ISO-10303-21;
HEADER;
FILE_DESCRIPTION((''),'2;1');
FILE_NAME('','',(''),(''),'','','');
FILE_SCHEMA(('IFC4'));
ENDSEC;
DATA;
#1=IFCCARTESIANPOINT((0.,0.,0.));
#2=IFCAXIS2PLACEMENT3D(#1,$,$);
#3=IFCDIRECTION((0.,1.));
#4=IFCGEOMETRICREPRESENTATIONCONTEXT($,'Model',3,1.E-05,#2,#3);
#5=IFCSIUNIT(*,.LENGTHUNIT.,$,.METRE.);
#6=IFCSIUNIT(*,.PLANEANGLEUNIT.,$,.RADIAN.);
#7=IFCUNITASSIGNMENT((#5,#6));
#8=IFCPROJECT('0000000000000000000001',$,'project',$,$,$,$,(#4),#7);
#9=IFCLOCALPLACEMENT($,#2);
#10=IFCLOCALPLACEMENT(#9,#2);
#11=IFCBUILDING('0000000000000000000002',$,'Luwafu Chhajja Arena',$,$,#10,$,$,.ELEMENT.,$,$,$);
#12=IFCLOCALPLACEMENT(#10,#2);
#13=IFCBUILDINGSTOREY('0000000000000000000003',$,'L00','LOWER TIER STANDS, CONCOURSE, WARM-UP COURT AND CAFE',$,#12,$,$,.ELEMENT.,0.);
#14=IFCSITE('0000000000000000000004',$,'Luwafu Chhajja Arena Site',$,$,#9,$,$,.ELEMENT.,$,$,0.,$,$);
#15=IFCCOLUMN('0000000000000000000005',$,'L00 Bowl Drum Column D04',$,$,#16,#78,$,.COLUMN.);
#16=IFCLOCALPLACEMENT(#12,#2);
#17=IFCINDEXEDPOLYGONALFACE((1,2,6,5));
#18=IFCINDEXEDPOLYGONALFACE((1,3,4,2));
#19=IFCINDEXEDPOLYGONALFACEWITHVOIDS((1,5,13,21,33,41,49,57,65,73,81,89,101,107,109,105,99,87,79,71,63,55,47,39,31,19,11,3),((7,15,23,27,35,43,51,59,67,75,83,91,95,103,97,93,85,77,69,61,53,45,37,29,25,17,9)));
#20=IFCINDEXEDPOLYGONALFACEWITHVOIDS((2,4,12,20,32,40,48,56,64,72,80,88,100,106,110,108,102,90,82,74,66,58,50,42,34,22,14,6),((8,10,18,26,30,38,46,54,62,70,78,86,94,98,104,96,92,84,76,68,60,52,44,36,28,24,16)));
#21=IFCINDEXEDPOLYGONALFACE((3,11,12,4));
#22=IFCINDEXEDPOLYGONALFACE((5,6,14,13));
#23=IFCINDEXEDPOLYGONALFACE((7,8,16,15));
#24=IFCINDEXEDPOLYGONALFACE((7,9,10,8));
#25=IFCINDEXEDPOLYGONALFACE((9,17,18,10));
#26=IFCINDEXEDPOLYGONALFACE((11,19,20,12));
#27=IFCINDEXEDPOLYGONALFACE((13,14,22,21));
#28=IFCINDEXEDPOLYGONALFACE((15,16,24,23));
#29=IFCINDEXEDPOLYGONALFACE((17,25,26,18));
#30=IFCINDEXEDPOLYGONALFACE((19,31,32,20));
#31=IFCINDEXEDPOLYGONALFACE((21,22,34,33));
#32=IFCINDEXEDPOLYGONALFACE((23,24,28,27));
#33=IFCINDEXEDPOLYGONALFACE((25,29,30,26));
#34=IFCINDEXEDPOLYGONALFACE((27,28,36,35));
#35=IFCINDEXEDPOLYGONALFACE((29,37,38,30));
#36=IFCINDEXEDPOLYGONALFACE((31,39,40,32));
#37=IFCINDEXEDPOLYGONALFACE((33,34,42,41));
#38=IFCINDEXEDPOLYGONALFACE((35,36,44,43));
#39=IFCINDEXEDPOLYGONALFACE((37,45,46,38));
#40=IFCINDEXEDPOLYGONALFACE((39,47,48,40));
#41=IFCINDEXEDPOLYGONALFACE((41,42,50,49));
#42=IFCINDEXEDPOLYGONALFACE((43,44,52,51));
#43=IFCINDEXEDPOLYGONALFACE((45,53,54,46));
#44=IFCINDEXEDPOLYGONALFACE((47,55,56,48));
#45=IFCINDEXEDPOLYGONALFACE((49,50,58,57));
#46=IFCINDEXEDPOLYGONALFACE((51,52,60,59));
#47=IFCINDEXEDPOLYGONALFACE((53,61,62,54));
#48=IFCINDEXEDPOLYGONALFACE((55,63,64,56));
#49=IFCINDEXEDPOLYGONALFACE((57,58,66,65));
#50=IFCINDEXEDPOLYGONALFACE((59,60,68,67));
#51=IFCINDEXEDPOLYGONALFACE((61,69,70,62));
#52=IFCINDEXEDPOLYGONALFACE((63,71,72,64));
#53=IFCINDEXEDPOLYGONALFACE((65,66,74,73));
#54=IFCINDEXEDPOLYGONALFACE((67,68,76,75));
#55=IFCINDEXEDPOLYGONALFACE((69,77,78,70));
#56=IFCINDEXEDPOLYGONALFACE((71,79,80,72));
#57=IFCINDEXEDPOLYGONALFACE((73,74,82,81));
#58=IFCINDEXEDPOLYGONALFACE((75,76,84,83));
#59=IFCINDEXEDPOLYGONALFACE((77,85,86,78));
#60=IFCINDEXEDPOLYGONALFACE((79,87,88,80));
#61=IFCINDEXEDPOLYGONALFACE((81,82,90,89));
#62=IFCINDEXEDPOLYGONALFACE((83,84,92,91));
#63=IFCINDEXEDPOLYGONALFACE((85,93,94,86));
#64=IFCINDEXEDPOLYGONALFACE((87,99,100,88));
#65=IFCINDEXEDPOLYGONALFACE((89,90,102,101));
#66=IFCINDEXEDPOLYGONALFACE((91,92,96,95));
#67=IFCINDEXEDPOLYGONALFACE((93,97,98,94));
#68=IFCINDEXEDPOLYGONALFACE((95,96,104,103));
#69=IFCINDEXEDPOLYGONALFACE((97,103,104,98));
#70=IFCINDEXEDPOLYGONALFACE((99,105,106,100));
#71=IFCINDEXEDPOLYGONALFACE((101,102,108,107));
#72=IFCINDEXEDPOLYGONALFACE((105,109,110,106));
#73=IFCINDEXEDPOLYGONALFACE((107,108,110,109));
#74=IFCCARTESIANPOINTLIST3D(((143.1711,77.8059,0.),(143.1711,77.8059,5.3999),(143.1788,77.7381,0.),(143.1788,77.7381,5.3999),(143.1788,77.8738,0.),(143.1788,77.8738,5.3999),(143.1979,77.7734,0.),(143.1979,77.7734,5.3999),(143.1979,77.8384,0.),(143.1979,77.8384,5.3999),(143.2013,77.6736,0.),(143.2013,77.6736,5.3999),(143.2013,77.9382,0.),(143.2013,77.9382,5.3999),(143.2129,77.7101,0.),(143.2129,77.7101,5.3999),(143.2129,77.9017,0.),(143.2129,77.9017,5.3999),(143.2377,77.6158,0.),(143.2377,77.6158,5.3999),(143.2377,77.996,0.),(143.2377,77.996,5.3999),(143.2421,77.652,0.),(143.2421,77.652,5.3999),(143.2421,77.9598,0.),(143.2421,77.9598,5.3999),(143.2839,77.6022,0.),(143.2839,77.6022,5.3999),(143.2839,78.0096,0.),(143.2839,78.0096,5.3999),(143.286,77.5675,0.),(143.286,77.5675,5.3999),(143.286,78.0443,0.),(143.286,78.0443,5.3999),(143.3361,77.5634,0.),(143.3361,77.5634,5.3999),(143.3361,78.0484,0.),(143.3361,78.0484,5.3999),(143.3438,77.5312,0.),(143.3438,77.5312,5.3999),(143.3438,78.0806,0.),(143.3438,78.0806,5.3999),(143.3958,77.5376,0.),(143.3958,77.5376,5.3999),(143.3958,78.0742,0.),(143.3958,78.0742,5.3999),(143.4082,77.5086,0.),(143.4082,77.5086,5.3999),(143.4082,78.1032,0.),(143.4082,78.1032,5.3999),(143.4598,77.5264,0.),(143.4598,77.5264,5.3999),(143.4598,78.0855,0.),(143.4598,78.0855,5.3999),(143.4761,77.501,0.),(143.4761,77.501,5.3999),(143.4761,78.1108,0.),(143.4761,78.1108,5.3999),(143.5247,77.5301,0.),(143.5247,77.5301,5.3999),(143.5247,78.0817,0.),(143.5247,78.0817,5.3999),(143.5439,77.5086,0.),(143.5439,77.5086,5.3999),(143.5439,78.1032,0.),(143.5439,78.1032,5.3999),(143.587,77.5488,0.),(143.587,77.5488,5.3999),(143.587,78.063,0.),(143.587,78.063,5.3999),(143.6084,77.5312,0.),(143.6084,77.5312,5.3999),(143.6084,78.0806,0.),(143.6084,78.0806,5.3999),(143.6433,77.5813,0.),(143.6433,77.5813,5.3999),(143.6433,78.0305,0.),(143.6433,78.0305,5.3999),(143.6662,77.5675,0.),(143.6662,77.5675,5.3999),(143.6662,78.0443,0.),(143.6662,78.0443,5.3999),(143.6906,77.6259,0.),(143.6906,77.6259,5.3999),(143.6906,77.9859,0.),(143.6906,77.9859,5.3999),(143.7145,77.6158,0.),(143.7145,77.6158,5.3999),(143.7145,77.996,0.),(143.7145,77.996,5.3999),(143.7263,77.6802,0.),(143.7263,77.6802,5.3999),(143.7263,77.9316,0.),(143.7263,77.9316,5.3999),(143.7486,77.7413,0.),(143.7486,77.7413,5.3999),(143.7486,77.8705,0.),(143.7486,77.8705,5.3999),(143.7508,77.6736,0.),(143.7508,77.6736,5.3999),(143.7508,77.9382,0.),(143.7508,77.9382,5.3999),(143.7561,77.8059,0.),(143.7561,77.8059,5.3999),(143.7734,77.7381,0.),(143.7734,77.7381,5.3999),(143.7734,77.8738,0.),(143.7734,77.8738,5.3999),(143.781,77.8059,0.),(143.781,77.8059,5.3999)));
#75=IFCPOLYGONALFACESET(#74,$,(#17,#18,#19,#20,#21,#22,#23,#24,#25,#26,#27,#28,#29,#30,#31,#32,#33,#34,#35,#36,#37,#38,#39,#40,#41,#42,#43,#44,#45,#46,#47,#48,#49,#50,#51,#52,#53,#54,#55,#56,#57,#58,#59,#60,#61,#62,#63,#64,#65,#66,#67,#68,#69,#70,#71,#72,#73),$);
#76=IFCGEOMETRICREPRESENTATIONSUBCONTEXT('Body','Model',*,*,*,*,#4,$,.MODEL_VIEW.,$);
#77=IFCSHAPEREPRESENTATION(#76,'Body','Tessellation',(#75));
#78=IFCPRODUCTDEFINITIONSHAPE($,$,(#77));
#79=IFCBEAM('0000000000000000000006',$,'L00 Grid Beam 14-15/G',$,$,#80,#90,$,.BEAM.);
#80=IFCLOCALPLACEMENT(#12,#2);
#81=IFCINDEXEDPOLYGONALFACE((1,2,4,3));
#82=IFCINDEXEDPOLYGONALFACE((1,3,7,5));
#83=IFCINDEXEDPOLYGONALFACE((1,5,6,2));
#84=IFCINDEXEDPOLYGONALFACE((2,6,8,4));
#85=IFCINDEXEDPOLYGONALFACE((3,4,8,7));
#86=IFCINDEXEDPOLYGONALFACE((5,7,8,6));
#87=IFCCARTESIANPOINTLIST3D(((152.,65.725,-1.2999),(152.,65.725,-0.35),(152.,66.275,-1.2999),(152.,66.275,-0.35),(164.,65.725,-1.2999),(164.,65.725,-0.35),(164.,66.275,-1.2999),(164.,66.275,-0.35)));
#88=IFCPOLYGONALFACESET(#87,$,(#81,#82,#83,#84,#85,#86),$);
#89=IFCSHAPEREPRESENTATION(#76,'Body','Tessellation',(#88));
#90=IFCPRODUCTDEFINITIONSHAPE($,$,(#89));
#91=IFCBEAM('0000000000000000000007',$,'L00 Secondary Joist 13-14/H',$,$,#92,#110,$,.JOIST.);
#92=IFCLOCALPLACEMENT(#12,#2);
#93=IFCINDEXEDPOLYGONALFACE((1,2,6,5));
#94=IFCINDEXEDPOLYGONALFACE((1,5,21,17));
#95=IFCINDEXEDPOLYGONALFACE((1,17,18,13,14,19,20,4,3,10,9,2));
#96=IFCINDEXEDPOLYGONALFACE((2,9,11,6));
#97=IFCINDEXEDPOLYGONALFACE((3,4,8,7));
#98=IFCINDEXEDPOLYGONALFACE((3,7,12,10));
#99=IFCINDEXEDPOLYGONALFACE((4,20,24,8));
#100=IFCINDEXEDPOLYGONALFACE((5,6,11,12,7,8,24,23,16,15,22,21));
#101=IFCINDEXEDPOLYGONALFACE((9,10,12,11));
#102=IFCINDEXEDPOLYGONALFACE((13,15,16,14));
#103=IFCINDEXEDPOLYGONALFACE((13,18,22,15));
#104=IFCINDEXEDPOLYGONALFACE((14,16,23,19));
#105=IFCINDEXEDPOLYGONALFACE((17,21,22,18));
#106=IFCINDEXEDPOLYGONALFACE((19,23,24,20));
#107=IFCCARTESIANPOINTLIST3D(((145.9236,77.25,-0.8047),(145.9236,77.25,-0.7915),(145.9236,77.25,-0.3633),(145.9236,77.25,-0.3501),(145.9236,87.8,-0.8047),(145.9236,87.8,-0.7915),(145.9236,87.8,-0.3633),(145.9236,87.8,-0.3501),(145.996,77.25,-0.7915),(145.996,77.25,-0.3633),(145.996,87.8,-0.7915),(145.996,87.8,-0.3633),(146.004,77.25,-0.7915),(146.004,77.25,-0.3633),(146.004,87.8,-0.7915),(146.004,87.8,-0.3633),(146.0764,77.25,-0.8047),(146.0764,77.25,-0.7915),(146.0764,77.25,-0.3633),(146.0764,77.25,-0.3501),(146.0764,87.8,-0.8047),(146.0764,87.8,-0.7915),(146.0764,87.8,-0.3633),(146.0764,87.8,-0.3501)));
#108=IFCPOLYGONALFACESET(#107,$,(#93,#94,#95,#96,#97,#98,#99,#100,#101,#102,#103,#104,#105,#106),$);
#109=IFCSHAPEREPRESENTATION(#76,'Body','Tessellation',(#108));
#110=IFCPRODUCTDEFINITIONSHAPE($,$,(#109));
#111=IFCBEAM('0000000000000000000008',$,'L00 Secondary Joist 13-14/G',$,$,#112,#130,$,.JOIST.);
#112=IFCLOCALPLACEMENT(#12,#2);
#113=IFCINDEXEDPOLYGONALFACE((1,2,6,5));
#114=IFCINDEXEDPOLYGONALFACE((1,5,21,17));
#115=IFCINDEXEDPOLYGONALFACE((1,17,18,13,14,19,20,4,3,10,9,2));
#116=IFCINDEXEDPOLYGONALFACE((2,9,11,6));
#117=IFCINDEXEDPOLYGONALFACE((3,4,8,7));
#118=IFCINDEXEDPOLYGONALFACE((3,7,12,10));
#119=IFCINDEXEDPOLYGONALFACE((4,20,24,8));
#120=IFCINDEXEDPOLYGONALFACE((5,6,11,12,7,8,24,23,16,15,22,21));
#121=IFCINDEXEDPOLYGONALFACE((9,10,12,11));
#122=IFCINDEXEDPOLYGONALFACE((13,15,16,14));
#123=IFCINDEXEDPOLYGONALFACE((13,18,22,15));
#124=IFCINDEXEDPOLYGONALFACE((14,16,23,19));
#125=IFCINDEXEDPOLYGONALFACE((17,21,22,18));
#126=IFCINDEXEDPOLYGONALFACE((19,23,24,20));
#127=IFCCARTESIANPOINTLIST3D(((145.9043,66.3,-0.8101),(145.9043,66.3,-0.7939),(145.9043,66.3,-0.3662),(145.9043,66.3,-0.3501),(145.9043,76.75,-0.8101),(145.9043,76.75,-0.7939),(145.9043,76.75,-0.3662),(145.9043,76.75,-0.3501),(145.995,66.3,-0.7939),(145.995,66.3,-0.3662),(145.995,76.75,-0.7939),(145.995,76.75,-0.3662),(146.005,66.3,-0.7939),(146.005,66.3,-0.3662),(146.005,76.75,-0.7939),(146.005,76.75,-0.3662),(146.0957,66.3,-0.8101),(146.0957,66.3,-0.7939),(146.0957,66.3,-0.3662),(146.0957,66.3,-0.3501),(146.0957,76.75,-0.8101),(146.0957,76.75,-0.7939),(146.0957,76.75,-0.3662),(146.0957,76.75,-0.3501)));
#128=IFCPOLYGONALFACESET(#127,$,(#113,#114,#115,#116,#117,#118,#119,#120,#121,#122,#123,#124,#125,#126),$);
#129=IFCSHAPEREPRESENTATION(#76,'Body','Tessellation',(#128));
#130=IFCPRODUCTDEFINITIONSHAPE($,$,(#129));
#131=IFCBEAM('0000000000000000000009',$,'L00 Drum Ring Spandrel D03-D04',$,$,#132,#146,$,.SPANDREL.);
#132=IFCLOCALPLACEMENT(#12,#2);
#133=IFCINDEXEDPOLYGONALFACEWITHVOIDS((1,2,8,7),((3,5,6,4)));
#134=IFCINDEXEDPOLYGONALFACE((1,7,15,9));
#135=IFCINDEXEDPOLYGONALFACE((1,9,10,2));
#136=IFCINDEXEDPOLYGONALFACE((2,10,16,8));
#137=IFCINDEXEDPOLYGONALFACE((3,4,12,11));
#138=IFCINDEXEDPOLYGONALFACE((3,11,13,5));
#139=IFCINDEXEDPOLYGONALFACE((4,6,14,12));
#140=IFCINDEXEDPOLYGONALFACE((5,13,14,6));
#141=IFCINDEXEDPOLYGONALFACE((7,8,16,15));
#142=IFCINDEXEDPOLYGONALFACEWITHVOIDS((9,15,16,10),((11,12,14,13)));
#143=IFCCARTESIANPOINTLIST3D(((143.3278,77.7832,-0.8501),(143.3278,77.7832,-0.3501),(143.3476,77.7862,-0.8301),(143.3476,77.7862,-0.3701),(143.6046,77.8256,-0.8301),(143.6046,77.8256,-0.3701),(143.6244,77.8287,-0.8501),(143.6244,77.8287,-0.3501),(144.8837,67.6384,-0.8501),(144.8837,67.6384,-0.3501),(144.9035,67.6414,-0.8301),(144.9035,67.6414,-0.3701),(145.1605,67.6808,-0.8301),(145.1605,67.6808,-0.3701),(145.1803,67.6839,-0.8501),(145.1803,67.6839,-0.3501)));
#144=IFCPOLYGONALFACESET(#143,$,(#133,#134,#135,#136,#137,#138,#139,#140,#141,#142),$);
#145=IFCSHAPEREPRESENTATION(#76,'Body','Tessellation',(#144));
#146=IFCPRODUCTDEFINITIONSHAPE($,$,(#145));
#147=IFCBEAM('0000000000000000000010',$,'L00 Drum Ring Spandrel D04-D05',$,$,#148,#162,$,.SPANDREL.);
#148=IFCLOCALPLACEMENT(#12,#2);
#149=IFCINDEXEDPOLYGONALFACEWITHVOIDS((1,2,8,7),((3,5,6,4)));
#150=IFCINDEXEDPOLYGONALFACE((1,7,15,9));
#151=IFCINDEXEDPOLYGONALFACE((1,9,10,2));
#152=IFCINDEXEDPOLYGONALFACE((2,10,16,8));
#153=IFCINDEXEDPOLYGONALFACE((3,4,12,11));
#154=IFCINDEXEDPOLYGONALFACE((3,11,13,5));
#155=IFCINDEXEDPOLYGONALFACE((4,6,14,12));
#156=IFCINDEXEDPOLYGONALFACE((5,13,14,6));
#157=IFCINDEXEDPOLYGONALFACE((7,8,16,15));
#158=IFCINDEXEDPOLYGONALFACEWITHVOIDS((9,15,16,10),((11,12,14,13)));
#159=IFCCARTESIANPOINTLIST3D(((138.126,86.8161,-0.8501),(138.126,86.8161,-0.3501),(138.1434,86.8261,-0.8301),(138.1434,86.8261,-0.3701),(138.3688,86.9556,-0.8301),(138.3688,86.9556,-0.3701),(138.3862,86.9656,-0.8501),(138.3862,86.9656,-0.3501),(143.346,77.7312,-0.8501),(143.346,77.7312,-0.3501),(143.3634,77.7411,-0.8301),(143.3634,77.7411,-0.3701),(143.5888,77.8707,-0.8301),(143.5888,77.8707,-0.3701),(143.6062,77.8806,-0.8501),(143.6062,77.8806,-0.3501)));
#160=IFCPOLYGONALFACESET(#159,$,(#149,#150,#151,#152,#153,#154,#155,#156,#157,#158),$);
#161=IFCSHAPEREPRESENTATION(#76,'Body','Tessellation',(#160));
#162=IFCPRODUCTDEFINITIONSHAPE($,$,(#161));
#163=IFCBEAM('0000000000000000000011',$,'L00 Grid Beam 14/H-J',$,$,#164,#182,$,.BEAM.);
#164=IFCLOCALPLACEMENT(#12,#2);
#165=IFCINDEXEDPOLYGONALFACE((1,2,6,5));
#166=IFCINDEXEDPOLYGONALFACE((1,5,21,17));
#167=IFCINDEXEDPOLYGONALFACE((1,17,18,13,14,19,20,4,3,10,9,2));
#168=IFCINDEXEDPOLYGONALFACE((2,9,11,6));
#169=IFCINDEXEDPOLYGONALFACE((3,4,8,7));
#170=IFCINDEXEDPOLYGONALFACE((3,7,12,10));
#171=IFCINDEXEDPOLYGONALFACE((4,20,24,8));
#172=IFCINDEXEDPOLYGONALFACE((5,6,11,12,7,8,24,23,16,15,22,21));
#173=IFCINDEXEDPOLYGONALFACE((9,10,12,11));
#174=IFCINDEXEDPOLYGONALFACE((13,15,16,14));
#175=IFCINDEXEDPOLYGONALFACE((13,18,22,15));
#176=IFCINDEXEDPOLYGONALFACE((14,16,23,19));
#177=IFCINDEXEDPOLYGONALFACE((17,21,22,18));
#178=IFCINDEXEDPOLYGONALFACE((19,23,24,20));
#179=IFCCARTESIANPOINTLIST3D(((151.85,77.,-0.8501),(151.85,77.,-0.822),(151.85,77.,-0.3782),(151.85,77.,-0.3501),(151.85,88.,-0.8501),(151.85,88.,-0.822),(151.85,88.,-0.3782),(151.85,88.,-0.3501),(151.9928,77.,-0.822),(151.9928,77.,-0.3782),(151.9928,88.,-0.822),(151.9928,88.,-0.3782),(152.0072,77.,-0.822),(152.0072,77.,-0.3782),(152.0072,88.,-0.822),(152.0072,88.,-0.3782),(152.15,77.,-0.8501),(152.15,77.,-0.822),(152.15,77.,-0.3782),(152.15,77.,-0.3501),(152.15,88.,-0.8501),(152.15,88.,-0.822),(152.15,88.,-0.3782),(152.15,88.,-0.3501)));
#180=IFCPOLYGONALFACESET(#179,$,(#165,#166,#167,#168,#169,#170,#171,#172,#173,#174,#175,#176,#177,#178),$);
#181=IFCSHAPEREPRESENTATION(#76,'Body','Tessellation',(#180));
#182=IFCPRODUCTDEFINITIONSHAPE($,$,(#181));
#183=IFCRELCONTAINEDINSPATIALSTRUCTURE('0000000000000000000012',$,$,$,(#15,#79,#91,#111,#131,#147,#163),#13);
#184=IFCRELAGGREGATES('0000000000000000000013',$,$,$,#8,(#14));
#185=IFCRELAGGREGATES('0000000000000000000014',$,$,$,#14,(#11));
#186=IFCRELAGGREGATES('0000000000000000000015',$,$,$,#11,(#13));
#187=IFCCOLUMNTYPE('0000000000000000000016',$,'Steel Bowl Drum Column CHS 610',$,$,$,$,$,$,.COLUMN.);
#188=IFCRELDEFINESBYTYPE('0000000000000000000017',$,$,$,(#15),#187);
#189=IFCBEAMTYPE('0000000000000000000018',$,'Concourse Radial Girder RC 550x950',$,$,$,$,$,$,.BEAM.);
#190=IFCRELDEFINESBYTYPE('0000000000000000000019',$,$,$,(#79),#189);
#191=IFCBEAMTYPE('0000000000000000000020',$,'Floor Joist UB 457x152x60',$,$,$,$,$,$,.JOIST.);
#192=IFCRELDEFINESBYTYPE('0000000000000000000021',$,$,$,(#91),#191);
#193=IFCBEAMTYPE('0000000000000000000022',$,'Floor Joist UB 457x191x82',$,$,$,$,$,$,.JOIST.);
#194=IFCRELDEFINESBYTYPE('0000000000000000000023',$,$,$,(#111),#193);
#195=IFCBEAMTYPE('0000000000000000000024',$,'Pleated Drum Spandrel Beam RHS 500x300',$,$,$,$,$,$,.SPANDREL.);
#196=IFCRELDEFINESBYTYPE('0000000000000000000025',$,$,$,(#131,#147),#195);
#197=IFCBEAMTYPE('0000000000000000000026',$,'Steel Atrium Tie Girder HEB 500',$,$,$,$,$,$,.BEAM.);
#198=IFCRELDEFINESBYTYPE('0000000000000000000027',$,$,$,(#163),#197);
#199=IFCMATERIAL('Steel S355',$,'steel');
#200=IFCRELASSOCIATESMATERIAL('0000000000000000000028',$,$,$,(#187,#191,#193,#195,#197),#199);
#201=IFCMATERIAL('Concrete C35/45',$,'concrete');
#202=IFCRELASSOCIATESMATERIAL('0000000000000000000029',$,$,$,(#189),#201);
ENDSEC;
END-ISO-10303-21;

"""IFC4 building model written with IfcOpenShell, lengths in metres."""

from ifc_helpers import new_model, si_unit, direction, frame, origin, origin_2d, place, context, subcontext, project, spatial, rectangle, hollow_rectangle, hollow_circle, i_section, extrude, material, material_profile, profile_set, type_object, element, save


model = new_model("IFC4")

# Units and contexts
model_context = context("Model", 3, precision=1e-05, world=origin(), true_north=direction((0.0, 1.0)))
body_context = subcontext(model_context, "Body", "Model", "MODEL_VIEW")
ifc_project = project(units=[si_unit("LENGTHUNIT", "METRE"), si_unit("PLANEANGLEUNIT", "RADIAN")], contexts=[model_context])

# Site, building, storey
site_placement = place(None, origin())
site = spatial("IfcSite", under=ifc_project, at=site_placement, Name="Luwafu Chhajja Arena Site", CompositionType="ELEMENT", RefElevation=0.0)
building_placement = place(site_placement, origin())
building = spatial("IfcBuilding", under=site, at=building_placement, Name="Luwafu Chhajja Arena", CompositionType="ELEMENT")
storey_placement = place(building_placement, origin())
storey = spatial("IfcBuildingStorey", under=building, at=storey_placement, Name="L00", Description="LOWER TIER STANDS, CONCOURSE, WARM-UP COURT AND CAFE", CompositionType="ELEMENT", Elevation=0.0)

# Column
ifc_material_1 = material(Name="Concrete C35/45", Category="concrete")
ifc_material_2 = material(Name="Steel S355", Category="steel")
ifc_material_profile_1 = material_profile(ifc_material_2, hollow_circle(Radius=0.3049, WallThickness=0.0249, at=origin_2d()), Name="CHS 610x25")
ifc_profile_set_1 = profile_set([ifc_material_profile_1], Name="Steel S355")
column_type_1 = type_object("IfcColumnType", Name="Steel Bowl Drum Column CHS 610", PredefinedType="COLUMN", material=ifc_profile_set_1)
for number, where, z_axis, x_axis, name in (
    (1, (143.4761, 77.8059, 0.0), (0.0, 0.0, 1.0), (1.0, 0.0, 0.0), "L00 Bowl Drum Column D04"),
):
    element("IfcColumn", number, at=place(storey_placement, frame(where, z_axis=z_axis, x_axis=x_axis)), inside=storey, type_object=column_type_1, Name=name, PredefinedType="COLUMN", context=body_context, shape_type="SweptSolid", body=[
        extrude(hollow_circle(Radius=0.3049, WallThickness=0.0249, at=origin_2d()), origin(), (0.0, 0.0, 1.0), 5.3999),
    ])

# Beams
ifc_material_profile_2 = material_profile(ifc_material_1, rectangle(XDim=0.55, YDim=0.95, at=origin_2d()), Name="RC 550x950")
ifc_profile_set_2 = profile_set([ifc_material_profile_2], Name="Concrete C35/45")
beam_type_1 = type_object("IfcBeamType", Name="Concourse Radial Girder RC 550x950", PredefinedType="BEAM", material=ifc_profile_set_2)
beam_1_placement = place(storey_placement, frame((152.0, 66.0, -0.825), z_axis=(1.0, 0.0, 0.0), x_axis=(0.0, 1.0, 0.0)))
element("IfcBeam", 2, at=beam_1_placement, inside=storey, type_object=beam_type_1, Name="L00 Grid Beam 14-15/G", PredefinedType="BEAM", context=body_context, shape_type="SweptSolid", body=[
    extrude(rectangle(XDim=0.55, YDim=0.95, at=origin_2d()), origin(), (0.0, 0.0, 1.0), 12.0),
])
ifc_material_profile_3 = material_profile(ifc_material_2, i_section(OverallWidth=0.1528, OverallDepth=0.4546, WebThickness=0.0081, FlangeThickness=0.0132, at=origin_2d()), Name="UB 457x152x60")
ifc_profile_set_3 = profile_set([ifc_material_profile_3], Name="Steel S355")
beam_type_2 = type_object("IfcBeamType", Name="Floor Joist UB 457x152x60", PredefinedType="JOIST", material=ifc_profile_set_3)
beam_2_placement = place(storey_placement, frame((146.0, 77.25, -0.5774), z_axis=(0.0, 1.0, 0.0), x_axis=(-1.0, 0.0, 0.0)))
element("IfcBeam", 3, at=beam_2_placement, inside=storey, type_object=beam_type_2, Name="L00 Secondary Joist 13-14/H", PredefinedType="JOIST", context=body_context, shape_type="SweptSolid", body=[
    extrude(i_section(OverallWidth=0.1528, OverallDepth=0.4546, WebThickness=0.0081, FlangeThickness=0.0132, at=origin_2d()), origin(), (0.0, 0.0, 1.0), 10.55),
])
ifc_material_profile_4 = material_profile(ifc_material_2, i_section(OverallWidth=0.1914, OverallDepth=0.46, WebThickness=0.01, FlangeThickness=0.0161, at=origin_2d()), Name="UB 457x191x82")
ifc_profile_set_4 = profile_set([ifc_material_profile_4], Name="Steel S355")
beam_type_3 = type_object("IfcBeamType", Name="Floor Joist UB 457x191x82", PredefinedType="JOIST", material=ifc_profile_set_4)
beam_3_placement = place(storey_placement, frame((146.0, 66.3, -0.5801), z_axis=(0.0, 1.0, 0.0), x_axis=(-1.0, 0.0, 0.0)))
element("IfcBeam", 4, at=beam_3_placement, inside=storey, type_object=beam_type_3, Name="L00 Secondary Joist 13-14/G", PredefinedType="JOIST", context=body_context, shape_type="SweptSolid", body=[
    extrude(i_section(OverallWidth=0.1914, OverallDepth=0.46, WebThickness=0.01, FlangeThickness=0.0161, at=origin_2d()), origin(), (0.0, 0.0, 1.0), 10.45),
])
ifc_material_profile_5 = material_profile(ifc_material_2, hollow_rectangle(XDim=0.3, YDim=0.5, WallThickness=0.02, at=origin_2d()), Name="RHS 500x300x20")
ifc_profile_set_5 = profile_set([ifc_material_profile_5], Name="Steel S355")
beam_type_4 = type_object("IfcBeamType", Name="Pleated Drum Spandrel Beam RHS 500x300", PredefinedType="SPANDREL", material=ifc_profile_set_5)
beam_4_placement = place(storey_placement, frame((145.032, 67.6611, -0.6001), z_axis=(-0.151598, 0.988442, 0.0), x_axis=(-0.988442, -0.151598, 0.0)))
element("IfcBeam", 5, at=beam_4_placement, inside=storey, type_object=beam_type_4, Name="L00 Drum Ring Spandrel D03-D04", PredefinedType="SPANDREL", context=body_context, shape_type="SweptSolid", body=[
    extrude(hollow_rectangle(XDim=0.3, YDim=0.5, WallThickness=0.02, at=origin_2d()), origin(), (0.0, 0.0, 1.0), 10.2634),
])
beam_5_placement = place(storey_placement, frame((143.4761, 77.8059, -0.6001), z_axis=(-0.498193, 0.867066, 0.0), x_axis=(-0.867066, -0.498193, 0.0)))
element("IfcBeam", 6, at=beam_5_placement, inside=storey, type_object=beam_type_4, Name="L00 Drum Ring Spandrel D04-D05", PredefinedType="SPANDREL", context=body_context, shape_type="SweptSolid", body=[
    extrude(hollow_rectangle(XDim=0.3, YDim=0.5, WallThickness=0.02, at=origin_2d()), origin(), (0.0, 0.0, 1.0), 10.4778),
])
ifc_material_profile_6 = material_profile(ifc_material_2, i_section(OverallWidth=0.3, OverallDepth=0.5, WebThickness=0.0144, FlangeThickness=0.0281, at=origin_2d()), Name="HEB 500")
ifc_profile_set_6 = profile_set([ifc_material_profile_6], Name="Steel S355")
beam_type_5 = type_object("IfcBeamType", Name="Steel Atrium Tie Girder HEB 500", PredefinedType="BEAM", material=ifc_profile_set_6)
beam_6_placement = place(storey_placement, frame((152.0, 77.0, -0.6001), z_axis=(0.0, 1.0, 0.0), x_axis=(-1.0, 0.0, 0.0)))
element("IfcBeam", 7, at=beam_6_placement, inside=storey, type_object=beam_type_5, Name="L00 Grid Beam 14/H-J", PredefinedType="BEAM", context=body_context, shape_type="SweptSolid", body=[
    extrude(i_section(OverallWidth=0.3, OverallDepth=0.5, WebThickness=0.0144, FlangeThickness=0.0281, at=origin_2d()), origin(), (0.0, 0.0, 1.0), 11.0),
])

save(model, "model.ifc")
